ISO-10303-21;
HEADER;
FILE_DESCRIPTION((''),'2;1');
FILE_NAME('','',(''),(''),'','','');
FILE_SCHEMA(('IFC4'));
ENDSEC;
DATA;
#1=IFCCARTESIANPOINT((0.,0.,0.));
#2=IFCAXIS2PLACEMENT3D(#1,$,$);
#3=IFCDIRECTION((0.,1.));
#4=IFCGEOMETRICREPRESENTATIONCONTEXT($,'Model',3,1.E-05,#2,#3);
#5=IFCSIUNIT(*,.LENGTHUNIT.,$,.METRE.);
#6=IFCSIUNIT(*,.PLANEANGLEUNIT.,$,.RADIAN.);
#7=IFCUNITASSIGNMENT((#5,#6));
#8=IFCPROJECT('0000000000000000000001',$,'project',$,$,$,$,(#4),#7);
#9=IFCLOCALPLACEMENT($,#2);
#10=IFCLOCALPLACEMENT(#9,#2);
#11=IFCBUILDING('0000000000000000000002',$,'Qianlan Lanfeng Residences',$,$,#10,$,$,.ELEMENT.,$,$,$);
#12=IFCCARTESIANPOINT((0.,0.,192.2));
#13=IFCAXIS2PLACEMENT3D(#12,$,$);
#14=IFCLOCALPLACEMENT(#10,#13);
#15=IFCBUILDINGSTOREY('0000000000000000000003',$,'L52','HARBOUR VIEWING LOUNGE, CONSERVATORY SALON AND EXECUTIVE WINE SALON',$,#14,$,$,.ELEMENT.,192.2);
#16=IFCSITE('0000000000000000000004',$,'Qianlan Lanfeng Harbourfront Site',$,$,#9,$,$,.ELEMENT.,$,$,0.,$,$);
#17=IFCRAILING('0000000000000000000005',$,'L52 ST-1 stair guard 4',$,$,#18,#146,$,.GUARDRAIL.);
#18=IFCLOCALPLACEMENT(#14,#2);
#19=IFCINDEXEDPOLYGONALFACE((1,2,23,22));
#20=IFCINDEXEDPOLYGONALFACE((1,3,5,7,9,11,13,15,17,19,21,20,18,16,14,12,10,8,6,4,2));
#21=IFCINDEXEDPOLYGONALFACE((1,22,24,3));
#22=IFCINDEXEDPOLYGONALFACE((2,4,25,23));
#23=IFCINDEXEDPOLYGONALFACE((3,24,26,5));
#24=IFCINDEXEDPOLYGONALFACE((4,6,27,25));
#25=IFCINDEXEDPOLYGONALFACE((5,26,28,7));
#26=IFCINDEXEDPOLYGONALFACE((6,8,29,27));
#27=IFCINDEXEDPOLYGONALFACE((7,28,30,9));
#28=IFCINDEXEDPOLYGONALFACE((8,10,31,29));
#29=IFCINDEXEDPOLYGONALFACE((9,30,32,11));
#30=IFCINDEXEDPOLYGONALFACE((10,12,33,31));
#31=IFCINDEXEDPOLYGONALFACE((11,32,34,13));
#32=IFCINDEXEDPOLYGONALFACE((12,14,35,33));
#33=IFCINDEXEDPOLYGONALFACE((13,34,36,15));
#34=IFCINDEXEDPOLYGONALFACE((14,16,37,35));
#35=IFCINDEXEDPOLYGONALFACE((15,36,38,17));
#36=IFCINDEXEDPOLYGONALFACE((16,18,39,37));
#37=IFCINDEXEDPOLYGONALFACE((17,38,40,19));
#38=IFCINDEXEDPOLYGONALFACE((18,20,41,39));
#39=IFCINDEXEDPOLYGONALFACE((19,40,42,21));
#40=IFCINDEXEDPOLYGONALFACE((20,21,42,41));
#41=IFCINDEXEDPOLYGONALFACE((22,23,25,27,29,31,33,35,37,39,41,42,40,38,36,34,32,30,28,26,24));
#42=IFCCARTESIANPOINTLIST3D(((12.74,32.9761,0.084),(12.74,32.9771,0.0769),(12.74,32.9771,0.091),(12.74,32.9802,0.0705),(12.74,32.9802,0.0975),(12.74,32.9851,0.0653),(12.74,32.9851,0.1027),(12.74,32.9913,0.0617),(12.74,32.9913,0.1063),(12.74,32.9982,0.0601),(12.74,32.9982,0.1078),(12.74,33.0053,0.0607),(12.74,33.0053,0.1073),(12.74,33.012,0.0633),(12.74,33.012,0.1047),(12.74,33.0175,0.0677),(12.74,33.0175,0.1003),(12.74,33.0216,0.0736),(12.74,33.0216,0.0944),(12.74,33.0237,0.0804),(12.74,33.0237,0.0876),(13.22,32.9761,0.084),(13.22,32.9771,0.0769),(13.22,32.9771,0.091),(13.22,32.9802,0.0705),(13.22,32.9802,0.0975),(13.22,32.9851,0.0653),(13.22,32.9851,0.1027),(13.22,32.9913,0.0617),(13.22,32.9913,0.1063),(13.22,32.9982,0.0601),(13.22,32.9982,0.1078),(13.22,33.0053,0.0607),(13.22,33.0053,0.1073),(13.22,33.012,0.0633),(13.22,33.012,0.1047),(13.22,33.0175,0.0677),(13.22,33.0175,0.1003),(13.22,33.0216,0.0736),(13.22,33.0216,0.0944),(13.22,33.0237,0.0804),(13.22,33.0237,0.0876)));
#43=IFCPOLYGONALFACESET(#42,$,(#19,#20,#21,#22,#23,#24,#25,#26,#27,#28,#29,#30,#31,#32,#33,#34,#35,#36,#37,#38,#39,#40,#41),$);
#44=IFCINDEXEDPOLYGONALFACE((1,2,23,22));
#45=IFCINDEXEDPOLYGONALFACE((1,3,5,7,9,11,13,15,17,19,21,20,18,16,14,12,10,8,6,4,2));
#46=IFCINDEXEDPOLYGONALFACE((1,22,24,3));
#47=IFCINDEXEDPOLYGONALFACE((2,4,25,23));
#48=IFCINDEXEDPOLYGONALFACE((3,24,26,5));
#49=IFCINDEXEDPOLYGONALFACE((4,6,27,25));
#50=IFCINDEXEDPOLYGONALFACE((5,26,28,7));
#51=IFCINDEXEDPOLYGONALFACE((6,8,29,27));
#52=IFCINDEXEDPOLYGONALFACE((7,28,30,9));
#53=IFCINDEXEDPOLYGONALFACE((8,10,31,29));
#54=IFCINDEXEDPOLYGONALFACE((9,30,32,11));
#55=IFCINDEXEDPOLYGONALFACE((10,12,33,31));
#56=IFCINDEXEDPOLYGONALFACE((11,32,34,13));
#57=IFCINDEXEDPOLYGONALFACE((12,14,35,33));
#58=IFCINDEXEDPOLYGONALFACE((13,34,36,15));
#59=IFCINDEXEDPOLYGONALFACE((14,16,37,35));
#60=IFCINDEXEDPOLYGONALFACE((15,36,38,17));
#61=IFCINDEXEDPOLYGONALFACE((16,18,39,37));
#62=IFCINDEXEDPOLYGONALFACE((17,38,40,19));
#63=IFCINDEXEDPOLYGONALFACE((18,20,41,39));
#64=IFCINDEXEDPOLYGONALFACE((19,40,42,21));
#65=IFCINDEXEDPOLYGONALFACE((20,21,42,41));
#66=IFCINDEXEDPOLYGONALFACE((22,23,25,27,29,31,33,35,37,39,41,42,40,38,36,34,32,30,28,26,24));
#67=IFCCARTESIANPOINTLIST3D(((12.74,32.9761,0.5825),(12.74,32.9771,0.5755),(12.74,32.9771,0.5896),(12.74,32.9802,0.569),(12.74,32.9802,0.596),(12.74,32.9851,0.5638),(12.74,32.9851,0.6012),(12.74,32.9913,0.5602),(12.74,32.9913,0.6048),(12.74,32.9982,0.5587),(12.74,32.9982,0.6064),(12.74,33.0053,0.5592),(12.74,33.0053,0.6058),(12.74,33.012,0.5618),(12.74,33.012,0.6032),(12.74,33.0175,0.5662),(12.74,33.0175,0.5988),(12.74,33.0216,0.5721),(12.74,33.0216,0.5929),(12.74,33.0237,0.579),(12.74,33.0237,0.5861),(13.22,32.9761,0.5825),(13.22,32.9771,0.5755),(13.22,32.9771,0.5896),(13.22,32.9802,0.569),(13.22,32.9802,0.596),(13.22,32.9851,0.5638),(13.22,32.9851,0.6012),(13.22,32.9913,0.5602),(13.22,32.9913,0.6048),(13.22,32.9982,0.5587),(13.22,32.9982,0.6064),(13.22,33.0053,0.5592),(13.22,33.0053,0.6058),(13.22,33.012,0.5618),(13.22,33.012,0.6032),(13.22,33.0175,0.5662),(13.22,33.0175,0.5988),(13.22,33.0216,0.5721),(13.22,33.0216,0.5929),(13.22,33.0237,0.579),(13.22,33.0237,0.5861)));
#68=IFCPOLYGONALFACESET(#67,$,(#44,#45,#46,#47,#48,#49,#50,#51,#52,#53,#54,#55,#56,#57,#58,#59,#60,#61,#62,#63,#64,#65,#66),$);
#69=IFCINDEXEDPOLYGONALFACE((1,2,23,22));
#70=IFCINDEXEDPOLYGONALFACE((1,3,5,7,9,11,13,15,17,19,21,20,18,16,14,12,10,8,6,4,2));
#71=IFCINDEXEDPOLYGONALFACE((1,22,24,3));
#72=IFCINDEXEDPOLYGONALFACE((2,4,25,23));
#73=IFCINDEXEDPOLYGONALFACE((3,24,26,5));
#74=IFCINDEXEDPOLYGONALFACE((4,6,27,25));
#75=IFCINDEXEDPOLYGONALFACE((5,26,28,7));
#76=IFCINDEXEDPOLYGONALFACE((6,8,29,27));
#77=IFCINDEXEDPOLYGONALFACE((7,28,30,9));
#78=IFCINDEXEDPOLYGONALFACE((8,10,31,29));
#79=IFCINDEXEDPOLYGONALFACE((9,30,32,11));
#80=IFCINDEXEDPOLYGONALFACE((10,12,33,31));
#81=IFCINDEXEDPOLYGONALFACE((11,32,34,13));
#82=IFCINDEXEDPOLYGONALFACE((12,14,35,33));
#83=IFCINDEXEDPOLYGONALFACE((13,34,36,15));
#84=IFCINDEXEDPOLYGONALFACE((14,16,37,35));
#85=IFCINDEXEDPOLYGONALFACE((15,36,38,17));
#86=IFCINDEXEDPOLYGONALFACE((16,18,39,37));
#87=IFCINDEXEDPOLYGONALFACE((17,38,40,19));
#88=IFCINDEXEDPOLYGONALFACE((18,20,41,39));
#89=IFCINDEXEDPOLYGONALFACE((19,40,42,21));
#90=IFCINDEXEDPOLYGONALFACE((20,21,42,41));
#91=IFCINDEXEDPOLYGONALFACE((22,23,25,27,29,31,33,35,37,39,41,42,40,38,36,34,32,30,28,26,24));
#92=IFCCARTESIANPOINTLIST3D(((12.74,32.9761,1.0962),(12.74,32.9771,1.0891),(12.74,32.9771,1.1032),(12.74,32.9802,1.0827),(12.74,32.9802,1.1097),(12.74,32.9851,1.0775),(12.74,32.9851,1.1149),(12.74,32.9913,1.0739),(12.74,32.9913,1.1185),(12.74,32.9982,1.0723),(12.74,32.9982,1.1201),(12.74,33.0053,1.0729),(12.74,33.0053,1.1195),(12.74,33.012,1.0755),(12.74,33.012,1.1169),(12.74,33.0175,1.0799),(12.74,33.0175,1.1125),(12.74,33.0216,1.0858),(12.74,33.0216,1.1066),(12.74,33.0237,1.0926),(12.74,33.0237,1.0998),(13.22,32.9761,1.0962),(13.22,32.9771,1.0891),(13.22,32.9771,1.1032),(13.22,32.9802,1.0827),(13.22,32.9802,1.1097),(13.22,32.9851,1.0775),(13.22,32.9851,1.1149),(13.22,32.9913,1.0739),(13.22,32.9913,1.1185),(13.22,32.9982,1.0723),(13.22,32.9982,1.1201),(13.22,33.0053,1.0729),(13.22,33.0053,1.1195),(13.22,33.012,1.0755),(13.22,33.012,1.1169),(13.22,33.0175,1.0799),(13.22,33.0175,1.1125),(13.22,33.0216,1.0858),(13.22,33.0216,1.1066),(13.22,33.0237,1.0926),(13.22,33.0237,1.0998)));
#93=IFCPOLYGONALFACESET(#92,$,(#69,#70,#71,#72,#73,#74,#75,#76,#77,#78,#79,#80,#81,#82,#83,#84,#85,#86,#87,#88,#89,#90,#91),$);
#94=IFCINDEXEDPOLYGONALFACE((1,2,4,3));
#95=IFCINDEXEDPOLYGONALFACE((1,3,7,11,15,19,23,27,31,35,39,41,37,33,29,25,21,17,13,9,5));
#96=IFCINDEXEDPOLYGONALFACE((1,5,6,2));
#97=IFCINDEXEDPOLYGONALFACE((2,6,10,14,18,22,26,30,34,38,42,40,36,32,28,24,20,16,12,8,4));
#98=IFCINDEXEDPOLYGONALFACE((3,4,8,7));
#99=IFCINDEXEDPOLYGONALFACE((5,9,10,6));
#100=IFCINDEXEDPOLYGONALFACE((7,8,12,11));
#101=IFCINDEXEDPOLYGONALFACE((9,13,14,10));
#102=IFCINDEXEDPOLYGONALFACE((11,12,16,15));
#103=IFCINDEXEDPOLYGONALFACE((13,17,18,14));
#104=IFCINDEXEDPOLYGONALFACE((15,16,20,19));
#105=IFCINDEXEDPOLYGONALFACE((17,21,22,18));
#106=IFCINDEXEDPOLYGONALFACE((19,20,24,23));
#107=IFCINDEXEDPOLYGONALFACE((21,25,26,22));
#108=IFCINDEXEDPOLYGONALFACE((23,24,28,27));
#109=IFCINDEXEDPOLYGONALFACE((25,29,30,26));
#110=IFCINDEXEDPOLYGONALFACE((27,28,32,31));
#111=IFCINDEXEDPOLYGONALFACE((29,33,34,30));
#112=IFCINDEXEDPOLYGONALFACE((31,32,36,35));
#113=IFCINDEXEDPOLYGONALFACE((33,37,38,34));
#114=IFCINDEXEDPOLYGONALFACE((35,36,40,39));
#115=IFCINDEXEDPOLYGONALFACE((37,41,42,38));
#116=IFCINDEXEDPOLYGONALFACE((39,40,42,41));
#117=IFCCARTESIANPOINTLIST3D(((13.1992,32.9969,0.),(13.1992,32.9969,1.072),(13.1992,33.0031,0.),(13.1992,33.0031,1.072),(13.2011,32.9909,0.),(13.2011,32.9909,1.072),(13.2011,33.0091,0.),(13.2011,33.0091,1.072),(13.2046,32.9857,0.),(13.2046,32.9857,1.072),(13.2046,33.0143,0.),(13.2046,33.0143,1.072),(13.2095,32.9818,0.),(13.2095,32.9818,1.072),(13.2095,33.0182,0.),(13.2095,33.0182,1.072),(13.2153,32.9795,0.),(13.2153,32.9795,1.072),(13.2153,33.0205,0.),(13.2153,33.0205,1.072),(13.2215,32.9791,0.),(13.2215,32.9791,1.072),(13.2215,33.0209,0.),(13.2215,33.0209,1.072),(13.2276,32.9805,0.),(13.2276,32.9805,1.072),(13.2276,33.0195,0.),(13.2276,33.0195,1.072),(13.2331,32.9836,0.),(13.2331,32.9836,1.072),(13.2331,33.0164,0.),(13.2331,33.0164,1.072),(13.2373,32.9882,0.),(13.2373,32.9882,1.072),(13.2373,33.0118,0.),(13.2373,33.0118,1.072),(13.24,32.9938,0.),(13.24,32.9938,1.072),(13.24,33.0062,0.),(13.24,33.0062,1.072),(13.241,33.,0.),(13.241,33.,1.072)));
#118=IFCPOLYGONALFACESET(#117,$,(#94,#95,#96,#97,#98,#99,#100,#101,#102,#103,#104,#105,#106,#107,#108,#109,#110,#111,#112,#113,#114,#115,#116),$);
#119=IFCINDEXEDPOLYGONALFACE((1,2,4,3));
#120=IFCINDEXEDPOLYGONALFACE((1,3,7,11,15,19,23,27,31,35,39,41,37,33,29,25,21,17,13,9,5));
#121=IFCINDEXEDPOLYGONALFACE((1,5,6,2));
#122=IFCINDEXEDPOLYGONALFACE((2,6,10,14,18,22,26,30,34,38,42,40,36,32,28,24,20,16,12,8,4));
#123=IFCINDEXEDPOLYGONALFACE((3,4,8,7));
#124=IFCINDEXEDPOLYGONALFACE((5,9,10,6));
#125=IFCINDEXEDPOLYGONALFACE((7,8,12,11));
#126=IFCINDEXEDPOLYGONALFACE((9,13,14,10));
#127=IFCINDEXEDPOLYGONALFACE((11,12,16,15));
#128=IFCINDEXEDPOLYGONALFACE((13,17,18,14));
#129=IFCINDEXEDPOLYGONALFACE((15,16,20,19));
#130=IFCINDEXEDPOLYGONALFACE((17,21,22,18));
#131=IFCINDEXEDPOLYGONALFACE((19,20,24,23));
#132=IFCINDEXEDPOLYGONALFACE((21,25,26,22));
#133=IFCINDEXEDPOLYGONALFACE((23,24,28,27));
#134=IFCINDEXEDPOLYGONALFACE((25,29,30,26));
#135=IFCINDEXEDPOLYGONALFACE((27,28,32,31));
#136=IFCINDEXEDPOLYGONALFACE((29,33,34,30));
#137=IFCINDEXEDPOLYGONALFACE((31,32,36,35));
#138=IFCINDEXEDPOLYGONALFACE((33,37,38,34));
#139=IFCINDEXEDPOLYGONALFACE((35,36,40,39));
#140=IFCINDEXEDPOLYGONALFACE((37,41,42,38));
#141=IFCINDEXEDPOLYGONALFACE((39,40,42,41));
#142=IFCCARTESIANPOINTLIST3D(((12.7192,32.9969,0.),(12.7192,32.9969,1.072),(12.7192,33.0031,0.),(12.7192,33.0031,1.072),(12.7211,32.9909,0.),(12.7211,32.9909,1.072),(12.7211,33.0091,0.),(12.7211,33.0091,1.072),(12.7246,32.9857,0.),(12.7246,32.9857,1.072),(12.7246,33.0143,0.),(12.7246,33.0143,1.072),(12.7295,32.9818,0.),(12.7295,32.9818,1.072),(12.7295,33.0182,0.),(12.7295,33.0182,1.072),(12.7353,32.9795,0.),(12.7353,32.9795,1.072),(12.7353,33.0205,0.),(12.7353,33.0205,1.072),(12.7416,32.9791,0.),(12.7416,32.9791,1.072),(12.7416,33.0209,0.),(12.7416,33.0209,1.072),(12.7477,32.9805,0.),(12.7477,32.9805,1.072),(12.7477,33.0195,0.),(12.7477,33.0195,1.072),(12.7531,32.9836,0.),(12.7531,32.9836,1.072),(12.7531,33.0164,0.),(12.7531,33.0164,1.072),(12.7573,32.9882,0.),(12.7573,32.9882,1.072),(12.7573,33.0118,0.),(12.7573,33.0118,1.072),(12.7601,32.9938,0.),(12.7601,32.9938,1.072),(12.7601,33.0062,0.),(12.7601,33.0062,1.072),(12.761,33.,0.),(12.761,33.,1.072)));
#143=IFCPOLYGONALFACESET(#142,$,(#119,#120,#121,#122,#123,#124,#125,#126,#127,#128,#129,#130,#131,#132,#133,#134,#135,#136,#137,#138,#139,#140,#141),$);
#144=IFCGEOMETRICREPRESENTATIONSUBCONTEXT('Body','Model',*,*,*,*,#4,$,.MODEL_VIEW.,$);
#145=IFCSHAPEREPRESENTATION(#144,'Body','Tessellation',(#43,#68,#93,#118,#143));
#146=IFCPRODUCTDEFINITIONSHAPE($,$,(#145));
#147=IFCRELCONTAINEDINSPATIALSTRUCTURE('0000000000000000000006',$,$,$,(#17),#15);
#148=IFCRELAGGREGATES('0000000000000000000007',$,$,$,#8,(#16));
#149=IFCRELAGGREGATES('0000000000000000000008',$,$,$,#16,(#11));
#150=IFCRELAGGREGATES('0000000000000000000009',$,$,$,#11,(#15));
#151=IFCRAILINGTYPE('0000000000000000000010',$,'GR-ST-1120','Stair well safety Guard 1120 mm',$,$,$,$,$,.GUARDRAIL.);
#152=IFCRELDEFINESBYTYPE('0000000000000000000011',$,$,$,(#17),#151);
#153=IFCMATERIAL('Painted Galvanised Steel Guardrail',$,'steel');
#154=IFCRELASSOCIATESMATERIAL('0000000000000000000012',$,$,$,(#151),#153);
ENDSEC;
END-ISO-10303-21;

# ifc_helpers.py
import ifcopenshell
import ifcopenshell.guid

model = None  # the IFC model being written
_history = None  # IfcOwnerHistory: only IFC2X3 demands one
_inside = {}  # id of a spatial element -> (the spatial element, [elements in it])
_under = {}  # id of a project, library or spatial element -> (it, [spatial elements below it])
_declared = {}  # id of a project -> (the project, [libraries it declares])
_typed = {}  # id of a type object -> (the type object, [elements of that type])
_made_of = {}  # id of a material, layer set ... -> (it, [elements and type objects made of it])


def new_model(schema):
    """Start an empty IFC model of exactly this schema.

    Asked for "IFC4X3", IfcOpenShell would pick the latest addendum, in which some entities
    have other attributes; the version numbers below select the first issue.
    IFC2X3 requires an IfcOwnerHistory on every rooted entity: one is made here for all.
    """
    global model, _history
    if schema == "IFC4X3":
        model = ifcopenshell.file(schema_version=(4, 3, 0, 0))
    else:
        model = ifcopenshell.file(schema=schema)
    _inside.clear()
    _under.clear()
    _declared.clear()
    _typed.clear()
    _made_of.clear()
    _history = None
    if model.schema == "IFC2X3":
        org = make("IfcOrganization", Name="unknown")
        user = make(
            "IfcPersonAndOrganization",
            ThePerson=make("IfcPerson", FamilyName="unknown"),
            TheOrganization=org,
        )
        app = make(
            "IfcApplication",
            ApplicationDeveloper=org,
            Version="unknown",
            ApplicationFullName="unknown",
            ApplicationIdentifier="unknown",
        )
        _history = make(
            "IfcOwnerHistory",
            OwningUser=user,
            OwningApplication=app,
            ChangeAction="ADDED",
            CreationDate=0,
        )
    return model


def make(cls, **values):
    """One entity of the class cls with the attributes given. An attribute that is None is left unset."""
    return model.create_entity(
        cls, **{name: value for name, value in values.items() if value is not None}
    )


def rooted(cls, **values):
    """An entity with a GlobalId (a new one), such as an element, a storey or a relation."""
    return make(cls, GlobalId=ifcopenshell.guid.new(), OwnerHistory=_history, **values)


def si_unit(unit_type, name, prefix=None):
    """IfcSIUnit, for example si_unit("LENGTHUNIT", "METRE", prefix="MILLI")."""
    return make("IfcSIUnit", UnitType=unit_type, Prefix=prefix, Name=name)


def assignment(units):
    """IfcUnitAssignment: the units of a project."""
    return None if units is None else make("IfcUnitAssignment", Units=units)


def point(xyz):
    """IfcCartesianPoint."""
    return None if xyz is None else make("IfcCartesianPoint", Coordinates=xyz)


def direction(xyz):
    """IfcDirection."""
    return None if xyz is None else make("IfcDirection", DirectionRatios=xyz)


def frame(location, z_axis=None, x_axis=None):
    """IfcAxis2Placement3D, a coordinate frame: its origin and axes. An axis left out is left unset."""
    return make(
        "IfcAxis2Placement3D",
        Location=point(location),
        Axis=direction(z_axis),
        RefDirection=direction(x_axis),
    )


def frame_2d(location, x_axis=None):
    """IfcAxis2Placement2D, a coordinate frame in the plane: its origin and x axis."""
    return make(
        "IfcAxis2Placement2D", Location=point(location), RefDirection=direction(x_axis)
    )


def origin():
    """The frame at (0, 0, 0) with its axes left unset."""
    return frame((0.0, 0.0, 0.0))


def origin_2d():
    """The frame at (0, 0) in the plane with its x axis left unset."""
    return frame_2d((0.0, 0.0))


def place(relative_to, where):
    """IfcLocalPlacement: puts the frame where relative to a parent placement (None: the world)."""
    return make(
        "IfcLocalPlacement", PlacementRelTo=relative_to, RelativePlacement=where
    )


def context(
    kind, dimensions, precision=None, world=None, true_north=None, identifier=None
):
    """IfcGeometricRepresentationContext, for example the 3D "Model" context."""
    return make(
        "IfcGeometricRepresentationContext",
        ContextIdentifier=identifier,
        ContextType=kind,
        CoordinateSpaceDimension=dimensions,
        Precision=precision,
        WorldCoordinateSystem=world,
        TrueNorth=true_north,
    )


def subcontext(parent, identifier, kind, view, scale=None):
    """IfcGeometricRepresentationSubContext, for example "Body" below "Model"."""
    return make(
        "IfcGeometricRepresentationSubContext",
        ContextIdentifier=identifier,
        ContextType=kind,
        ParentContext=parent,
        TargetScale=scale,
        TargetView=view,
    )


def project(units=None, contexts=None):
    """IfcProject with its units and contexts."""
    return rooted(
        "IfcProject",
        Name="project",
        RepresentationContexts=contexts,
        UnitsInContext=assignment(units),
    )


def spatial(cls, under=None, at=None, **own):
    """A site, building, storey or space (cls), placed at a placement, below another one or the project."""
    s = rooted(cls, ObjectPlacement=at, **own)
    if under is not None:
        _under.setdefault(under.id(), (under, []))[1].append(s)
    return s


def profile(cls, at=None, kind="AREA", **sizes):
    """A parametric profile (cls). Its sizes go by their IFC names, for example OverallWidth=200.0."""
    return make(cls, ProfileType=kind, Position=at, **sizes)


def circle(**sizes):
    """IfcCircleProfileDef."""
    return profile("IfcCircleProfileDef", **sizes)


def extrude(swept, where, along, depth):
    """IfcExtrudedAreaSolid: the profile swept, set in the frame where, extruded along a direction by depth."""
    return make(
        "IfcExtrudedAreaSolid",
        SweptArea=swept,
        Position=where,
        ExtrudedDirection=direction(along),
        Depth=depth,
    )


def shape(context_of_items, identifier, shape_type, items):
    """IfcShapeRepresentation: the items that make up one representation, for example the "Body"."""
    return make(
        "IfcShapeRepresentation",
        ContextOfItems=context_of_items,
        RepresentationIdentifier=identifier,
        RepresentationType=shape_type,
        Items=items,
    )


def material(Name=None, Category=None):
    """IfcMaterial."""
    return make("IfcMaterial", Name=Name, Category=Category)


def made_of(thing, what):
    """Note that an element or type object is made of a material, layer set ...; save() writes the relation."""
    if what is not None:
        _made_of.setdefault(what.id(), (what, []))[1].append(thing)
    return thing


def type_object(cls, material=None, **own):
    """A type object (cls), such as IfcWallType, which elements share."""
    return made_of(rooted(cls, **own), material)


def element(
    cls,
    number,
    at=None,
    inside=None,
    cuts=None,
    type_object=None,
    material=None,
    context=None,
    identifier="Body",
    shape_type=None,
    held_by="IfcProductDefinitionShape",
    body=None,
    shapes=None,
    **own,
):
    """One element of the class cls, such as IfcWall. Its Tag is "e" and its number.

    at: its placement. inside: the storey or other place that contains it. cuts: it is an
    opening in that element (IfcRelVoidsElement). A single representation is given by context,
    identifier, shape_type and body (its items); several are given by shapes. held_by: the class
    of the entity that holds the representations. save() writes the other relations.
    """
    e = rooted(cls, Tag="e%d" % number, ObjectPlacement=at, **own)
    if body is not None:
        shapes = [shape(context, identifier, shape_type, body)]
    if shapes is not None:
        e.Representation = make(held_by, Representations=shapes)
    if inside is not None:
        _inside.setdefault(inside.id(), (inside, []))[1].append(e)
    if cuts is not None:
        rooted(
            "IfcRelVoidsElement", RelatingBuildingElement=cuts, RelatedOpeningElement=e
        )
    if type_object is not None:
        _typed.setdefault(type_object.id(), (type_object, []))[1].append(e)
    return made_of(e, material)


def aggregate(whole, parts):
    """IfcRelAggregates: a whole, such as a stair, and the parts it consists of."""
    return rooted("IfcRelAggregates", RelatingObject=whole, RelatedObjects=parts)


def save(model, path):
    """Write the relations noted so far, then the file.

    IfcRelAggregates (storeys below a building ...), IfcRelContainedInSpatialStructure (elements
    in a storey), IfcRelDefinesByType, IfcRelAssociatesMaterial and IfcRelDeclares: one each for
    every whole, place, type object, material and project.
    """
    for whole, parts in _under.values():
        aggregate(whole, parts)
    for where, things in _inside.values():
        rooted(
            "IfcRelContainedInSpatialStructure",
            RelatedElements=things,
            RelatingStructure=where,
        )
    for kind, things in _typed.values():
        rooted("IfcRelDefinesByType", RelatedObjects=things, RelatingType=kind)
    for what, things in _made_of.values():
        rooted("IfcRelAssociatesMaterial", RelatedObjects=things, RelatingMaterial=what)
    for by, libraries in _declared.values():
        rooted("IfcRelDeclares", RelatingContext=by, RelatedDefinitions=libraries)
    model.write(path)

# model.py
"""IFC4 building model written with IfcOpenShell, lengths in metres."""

from ifc_helpers import new_model, si_unit, direction, frame, origin, origin_2d, place, context, subcontext, project, spatial, circle, extrude, material, type_object, element, save


model = new_model("IFC4")

# Units and contexts
model_context = context("Model", 3, precision=1e-05, world=origin(), true_north=direction((0.0, 1.0)))
body_context = subcontext(model_context, "Body", "Model", "MODEL_VIEW")
ifc_project = project(units=[si_unit("LENGTHUNIT", "METRE"), si_unit("PLANEANGLEUNIT", "RADIAN")], contexts=[model_context])

# Site, building, storey
site_placement = place(None, origin())
site = spatial("IfcSite", under=ifc_project, at=site_placement, Name="Qianlan Lanfeng Harbourfront Site", CompositionType="ELEMENT", RefElevation=0.0)
building_placement = place(site_placement, origin())
building = spatial("IfcBuilding", under=site, at=building_placement, Name="Qianlan Lanfeng Residences", CompositionType="ELEMENT")
storey_placement = place(building_placement, frame((0.0, 0.0, 192.2)))
storey = spatial("IfcBuildingStorey", under=building, at=storey_placement, Name="L52", Description="HARBOUR VIEWING LOUNGE, CONSERVATORY SALON AND EXECUTIVE WINE SALON", CompositionType="ELEMENT", Elevation=192.2)

# Railing
ifc_material_1 = material(Name="Painted Galvanised Steel Guardrail", Category="steel")
railing_type_1 = type_object("IfcRailingType", Name="GR-ST-1120", Description="Stair well safety Guard 1120 mm", PredefinedType="GUARDRAIL", material=ifc_material_1)
railing_1_placement = place(storey_placement, frame((13.22, 33.0, 0.0)))
element("IfcRailing", 1, at=railing_1_placement, inside=storey, type_object=railing_type_1, Name="L52 ST-1 stair guard 4", PredefinedType="GUARDRAIL", context=body_context, shape_type="SweptSolid", body=[
    extrude(circle(Radius=0.0239, at=origin_2d()), frame((0.0, 0.0, 0.084), z_axis=(-1.0, 0.0, 0.0), x_axis=(0.0, -1.0, 0.0)), (0.0, 0.0, 1.0), 0.48),
    extrude(circle(Radius=0.0239, at=origin_2d()), frame((0.0, 0.0, 0.5825), z_axis=(-1.0, 0.0, 0.0), x_axis=(0.0, -1.0, 0.0)), (0.0, 0.0, 1.0), 0.48),
    extrude(circle(Radius=0.0239, at=origin_2d()), frame((0.0, 0.0, 1.0962), z_axis=(-1.0, 0.0, 0.0), x_axis=(0.0, -1.0, 0.0)), (0.0, 0.0, 1.0), 0.48),
    extrude(circle(Radius=0.021, at=origin_2d()), origin(), (0.0, 0.0, 1.0), 1.072),
    extrude(circle(Radius=0.021, at=origin_2d()), frame((-0.48, 0.0, 0.0)), (0.0, 0.0, 1.0), 1.072),
])

save(model, "model.ifc")
